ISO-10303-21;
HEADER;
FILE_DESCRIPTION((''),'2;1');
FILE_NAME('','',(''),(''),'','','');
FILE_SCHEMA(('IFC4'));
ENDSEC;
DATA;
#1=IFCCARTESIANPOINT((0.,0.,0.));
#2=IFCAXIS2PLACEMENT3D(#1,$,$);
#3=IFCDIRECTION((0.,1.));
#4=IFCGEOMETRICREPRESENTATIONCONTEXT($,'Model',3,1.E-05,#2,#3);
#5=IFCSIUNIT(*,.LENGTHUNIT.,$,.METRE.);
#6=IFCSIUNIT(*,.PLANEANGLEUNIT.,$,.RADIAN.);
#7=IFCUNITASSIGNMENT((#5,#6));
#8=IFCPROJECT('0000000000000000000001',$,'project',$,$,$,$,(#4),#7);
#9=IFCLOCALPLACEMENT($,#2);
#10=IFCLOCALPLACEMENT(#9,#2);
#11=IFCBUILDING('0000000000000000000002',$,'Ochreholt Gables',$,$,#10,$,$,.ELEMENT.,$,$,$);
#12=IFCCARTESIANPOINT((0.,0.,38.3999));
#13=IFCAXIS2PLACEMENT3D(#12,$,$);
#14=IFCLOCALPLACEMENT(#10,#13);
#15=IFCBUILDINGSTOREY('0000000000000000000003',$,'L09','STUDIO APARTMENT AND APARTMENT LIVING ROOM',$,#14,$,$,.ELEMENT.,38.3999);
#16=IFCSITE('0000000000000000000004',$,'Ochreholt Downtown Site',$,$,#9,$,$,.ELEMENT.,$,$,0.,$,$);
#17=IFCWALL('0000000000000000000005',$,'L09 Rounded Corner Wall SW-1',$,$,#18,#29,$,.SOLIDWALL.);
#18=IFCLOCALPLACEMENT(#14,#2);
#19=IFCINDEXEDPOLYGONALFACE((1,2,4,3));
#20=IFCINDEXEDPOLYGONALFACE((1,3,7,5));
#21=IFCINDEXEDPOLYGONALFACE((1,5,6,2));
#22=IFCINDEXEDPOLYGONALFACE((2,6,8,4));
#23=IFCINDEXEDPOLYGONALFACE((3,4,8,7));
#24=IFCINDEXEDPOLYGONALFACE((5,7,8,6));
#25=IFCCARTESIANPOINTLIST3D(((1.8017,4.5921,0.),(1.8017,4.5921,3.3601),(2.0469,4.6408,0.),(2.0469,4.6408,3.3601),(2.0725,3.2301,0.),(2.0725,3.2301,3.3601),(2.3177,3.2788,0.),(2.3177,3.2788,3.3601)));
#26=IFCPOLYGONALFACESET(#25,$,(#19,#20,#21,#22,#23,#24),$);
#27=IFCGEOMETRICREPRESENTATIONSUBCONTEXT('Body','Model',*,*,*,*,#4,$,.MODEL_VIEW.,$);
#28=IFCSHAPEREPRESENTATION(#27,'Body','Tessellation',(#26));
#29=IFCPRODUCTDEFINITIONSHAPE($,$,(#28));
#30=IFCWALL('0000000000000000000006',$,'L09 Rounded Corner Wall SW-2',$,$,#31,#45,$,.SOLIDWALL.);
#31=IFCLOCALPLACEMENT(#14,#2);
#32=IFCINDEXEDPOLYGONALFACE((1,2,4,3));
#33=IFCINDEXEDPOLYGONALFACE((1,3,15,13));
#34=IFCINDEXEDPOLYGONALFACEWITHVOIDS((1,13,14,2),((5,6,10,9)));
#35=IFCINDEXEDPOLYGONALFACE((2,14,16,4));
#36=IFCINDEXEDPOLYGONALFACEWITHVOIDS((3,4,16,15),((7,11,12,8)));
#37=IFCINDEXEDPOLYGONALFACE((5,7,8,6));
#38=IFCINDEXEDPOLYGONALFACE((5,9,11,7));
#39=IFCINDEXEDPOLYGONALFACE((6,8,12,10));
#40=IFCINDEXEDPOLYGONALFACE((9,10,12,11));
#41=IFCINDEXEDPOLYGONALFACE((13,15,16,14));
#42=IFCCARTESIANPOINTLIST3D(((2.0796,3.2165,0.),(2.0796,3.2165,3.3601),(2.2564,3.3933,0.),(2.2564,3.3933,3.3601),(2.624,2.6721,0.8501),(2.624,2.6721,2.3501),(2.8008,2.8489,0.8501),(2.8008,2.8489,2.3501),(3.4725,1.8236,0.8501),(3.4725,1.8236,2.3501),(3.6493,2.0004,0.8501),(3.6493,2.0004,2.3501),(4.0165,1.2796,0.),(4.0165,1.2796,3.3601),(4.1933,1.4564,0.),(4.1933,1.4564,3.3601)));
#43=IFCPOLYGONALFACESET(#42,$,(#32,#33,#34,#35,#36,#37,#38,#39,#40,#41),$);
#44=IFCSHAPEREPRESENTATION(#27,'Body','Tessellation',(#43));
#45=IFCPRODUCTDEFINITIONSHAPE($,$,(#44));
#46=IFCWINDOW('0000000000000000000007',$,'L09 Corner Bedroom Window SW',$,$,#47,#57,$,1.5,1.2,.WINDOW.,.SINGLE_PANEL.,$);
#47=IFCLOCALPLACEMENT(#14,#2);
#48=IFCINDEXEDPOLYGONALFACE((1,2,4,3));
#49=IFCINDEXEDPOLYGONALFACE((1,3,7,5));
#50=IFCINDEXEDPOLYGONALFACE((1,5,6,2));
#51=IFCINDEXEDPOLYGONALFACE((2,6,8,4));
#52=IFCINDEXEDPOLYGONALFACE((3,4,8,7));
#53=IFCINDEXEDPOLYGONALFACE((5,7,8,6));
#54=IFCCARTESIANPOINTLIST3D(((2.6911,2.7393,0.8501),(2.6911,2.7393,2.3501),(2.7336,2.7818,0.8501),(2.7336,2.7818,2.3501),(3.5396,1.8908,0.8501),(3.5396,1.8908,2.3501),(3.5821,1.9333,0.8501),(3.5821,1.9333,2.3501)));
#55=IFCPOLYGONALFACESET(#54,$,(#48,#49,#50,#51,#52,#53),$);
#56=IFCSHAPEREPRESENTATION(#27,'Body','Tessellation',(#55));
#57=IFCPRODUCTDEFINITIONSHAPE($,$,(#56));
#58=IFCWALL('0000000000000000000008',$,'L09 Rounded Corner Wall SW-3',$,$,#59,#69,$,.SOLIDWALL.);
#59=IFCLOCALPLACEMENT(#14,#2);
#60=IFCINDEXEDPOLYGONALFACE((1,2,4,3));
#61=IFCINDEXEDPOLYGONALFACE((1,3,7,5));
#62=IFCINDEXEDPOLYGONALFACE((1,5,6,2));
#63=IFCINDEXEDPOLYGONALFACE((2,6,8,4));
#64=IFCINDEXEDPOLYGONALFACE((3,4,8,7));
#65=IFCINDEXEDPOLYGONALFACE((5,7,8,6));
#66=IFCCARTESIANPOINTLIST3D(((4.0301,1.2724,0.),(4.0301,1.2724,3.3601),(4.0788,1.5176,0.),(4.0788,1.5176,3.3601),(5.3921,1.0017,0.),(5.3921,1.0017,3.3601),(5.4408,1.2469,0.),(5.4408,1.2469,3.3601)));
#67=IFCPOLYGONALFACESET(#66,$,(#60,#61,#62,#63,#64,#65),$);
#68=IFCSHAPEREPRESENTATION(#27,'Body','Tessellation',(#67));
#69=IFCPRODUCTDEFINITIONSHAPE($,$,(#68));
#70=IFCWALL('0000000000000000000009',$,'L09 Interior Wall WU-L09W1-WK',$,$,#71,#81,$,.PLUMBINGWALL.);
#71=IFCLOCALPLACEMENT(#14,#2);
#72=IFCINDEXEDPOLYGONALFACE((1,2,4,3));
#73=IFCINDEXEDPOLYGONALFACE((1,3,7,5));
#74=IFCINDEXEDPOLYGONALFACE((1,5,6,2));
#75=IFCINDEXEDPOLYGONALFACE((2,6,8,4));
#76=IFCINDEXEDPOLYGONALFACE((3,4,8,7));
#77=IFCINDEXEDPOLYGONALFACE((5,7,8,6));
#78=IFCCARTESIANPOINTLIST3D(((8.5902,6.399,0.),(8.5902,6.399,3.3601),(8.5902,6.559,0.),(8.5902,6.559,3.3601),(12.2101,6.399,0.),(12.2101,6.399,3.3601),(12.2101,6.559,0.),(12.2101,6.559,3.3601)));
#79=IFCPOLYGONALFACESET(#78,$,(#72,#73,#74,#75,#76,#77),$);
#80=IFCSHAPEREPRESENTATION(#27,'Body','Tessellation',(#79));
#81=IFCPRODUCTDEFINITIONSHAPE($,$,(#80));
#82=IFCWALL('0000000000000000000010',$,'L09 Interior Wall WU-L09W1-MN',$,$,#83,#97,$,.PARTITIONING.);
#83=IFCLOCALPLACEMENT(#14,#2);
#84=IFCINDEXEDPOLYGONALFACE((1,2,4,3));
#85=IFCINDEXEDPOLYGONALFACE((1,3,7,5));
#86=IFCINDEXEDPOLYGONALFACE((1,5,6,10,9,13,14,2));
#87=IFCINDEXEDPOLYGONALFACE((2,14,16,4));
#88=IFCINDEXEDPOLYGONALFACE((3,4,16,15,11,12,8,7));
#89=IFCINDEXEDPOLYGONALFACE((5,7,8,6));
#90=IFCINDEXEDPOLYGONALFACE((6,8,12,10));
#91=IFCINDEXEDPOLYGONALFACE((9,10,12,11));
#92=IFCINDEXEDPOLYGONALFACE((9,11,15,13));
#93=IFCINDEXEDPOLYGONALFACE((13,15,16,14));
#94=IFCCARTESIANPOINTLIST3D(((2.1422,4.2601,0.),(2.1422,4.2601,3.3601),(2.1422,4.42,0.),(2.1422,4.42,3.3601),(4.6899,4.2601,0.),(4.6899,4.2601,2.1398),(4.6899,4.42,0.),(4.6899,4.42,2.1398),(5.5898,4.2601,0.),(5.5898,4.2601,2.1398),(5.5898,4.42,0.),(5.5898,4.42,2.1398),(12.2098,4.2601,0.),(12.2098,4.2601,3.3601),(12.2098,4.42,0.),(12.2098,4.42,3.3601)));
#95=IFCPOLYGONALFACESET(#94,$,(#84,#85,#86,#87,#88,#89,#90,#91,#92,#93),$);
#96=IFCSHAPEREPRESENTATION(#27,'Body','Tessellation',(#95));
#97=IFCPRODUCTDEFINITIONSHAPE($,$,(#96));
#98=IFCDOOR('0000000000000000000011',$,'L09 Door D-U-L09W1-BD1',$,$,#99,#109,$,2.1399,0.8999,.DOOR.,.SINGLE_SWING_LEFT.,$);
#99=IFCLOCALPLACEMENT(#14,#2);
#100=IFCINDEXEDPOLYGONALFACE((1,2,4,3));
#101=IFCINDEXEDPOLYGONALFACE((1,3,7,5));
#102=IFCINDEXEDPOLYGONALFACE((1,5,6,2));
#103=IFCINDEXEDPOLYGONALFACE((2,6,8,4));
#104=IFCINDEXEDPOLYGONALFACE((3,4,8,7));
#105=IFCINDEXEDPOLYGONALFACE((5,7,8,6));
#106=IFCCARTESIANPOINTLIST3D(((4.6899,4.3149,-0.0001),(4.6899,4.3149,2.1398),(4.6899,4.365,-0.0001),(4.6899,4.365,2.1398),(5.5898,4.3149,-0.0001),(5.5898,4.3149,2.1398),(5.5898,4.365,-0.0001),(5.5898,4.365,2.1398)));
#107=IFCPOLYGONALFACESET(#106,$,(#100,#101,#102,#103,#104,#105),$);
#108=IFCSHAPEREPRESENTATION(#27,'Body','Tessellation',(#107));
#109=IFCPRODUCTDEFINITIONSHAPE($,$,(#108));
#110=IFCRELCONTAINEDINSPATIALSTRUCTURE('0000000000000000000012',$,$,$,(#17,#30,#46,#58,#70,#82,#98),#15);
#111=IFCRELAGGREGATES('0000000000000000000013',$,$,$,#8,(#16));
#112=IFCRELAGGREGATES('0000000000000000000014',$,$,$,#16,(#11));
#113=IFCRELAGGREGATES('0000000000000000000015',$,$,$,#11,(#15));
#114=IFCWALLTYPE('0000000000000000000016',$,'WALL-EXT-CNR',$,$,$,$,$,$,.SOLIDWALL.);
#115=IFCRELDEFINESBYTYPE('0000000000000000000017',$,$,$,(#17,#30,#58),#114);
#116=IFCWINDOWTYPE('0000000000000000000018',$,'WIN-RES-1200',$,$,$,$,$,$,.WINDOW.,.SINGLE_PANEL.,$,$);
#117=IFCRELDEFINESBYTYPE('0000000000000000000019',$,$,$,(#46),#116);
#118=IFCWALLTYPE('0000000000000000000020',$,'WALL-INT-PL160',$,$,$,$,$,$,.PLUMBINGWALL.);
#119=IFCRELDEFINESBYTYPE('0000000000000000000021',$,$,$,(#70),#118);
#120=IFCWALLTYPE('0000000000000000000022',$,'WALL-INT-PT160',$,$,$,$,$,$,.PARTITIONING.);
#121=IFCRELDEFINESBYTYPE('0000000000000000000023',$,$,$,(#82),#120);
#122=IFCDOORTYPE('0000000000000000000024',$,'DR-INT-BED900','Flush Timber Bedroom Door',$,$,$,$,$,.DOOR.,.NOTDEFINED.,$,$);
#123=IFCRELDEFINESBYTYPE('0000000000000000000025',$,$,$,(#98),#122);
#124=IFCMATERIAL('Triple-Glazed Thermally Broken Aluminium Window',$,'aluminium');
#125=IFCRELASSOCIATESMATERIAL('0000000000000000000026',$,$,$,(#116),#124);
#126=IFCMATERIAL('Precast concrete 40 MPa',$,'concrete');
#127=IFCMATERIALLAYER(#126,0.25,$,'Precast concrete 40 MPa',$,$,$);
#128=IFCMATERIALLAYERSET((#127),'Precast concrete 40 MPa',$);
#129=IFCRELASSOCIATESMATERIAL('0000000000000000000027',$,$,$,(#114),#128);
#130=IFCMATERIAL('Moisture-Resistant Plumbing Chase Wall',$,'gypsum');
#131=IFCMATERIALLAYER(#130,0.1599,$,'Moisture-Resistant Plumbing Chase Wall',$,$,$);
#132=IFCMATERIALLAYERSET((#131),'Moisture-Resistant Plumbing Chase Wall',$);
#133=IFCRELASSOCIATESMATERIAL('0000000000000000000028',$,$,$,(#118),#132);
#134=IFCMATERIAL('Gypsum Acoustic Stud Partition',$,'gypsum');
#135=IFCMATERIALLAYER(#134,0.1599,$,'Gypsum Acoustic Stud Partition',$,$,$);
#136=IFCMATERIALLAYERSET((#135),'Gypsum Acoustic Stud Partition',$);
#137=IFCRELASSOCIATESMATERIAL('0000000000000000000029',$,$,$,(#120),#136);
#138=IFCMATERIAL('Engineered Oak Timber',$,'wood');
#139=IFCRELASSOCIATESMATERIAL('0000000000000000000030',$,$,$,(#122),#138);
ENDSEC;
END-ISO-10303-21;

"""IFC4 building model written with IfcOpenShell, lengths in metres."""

from ifc_helpers import new_model, si_unit, direction, frame, frame_2d, origin, place, context, subcontext, project, spatial, rectangle, extrude, material, layer, layer_set, type_object, element, fill, save


model = new_model("IFC4")

# Units and contexts
model_context = context("Model", 3, precision=1e-05, world=origin(), true_north=direction((0.0, 1.0)))
body_context = subcontext(model_context, "Body", "Model", "MODEL_VIEW")
ifc_project = project(units=[si_unit("LENGTHUNIT", "METRE"), si_unit("PLANEANGLEUNIT", "RADIAN")], contexts=[model_context])

# Site, building, storey
site_placement = place(None, origin())
site = spatial("IfcSite", under=ifc_project, at=site_placement, Name="Ochreholt Downtown Site", CompositionType="ELEMENT", RefElevation=0.0)
building_placement = place(site_placement, origin())
building = spatial("IfcBuilding", under=site, at=building_placement, Name="Ochreholt Gables", CompositionType="ELEMENT")
storey_placement = place(building_placement, frame((0.0, 0.0, 38.3999)))
storey = spatial("IfcBuildingStorey", under=building, at=storey_placement, Name="L09", Description="STUDIO APARTMENT AND APARTMENT LIVING ROOM", CompositionType="ELEMENT", Elevation=38.3999)

# Shared definitions
ifc_material_1 = material(Name="Precast concrete 40 MPa", Category="concrete")
ifc_material_2 = material(Name="Triple-Glazed Thermally Broken Aluminium Window", Category="aluminium")
window_type_1 = type_object("IfcWindowType", Name="WIN-RES-1200", PartitioningType="SINGLE_PANEL", PredefinedType="WINDOW", material=ifc_material_2)

# Wall
ifc_layer_1 = layer(ifc_material_1, 0.25, Name="Precast concrete 40 MPa")
ifc_layer_set_1 = layer_set([ifc_layer_1], Name="Precast concrete 40 MPa")
wall_type_1 = type_object("IfcWallType", Name="WALL-EXT-CNR", PredefinedType="SOLIDWALL", material=ifc_layer_set_1)
wall_1_placement = place(storey_placement, frame((1.9243, 4.6165, 0.0), z_axis=(0.0, 0.0, 1.0), x_axis=(0.194967, -0.98081, 0.0)))
element("IfcWall", 1, at=wall_1_placement, inside=storey, type_object=wall_type_1, Name="L09 Rounded Corner Wall SW-1", PredefinedType="SOLIDWALL", context=body_context, shape_type="SweptSolid", body=[
    extrude(rectangle(XDim=1.3887, YDim=0.25, at=frame_2d((0.6943, 0.0))), origin(), (0.0, 0.0, 1.0), 3.3601),
])

# Wall, opening, window
wall_2_placement = place(storey_placement, frame((2.168, 3.3049, 0.0), z_axis=(0.0, 0.0, 1.0), x_axis=(0.707107, -0.707107, 0.0)))
wall_2 = element("IfcWall", 2, at=wall_2_placement, inside=storey, type_object=wall_type_1, Name="L09 Rounded Corner Wall SW-2", PredefinedType="SOLIDWALL", context=body_context, shape_type="SweptSolid", body=[
    extrude(rectangle(XDim=2.7393, YDim=0.25, at=frame_2d((1.3696, 0.0))), origin(), (0.0, 0.0, 1.0), 3.3601),
])
opening_1_placement = place(wall_2_placement, frame((0.7698, 0.0, 0.8501)))
opening_1 = element("IfcOpeningElement", 3, at=opening_1_placement, cuts=wall_2, PredefinedType="OPENING", context=body_context, shape_type="SweptSolid", body=[
    extrude(rectangle(XDim=1.2, YDim=1.5, at=frame_2d((0.6001, 0.75))), frame((0.0, 0.135, 0.0), z_axis=(0.0, -1.0, 0.0), x_axis=(1.0, 0.0, 0.0)), (0.0, 0.0, 1.0), 0.27),
])
window_1_placement = place(opening_1_placement, origin())
window_1 = element("IfcWindow", 4, at=window_1_placement, inside=storey, type_object=window_type_1, Name="L09 Corner Bedroom Window SW", OverallHeight=1.5, OverallWidth=1.2, PartitioningType="SINGLE_PANEL", PredefinedType="WINDOW", context=body_context, shape_type="SweptSolid", body=[
    extrude(rectangle(XDim=1.2, YDim=1.5, at=frame_2d((0.6001, 0.75))), frame((0.0, 0.03, 0.0), z_axis=(0.0, -1.0, 0.0), x_axis=(1.0, 0.0, 0.0)), (0.0, 0.0, 1.0), 0.0601),
])
fill(opening_1, window_1)

# Wall
wall_3_placement = place(storey_placement, frame((4.0544, 1.395, 0.0), z_axis=(0.0, 0.0, 1.0), x_axis=(0.98081, -0.194967, 0.0)))
element("IfcWall", 5, at=wall_3_placement, inside=storey, type_object=wall_type_1, Name="L09 Rounded Corner Wall SW-3", PredefinedType="SOLIDWALL", context=body_context, shape_type="SweptSolid", body=[
    extrude(rectangle(XDim=1.3887, YDim=0.25, at=frame_2d((0.6943, 0.0))), origin(), (0.0, 0.0, 1.0), 3.3601),
])

# Shared definitions
ifc_material_3 = material(Name="Moisture-Resistant Plumbing Chase Wall", Category="gypsum")
ifc_layer_2 = layer(ifc_material_3, 0.1599, Name="Moisture-Resistant Plumbing Chase Wall")
ifc_layer_set_2 = layer_set([ifc_layer_2], Name="Moisture-Resistant Plumbing Chase Wall")
wall_type_2 = type_object("IfcWallType", Name="WALL-INT-PL160", PredefinedType="PLUMBINGWALL", material=ifc_layer_set_2)
ifc_material_4 = material(Name="Engineered Oak Timber", Category="wood")

# Wall
wall_4_placement = place(storey_placement, frame((8.5901, 6.479, 0.0), z_axis=(0.0, 0.0, 1.0), x_axis=(1.0, 0.0, 0.0)))
element("IfcWall", 6, at=wall_4_placement, inside=storey, type_object=wall_type_2, Name="L09 Interior Wall WU-L09W1-WK", PredefinedType="PLUMBINGWALL", context=body_context, shape_type="SweptSolid", body=[
    extrude(rectangle(XDim=3.6199, YDim=0.1599, at=frame_2d((1.8101, 0.0))), origin(), (0.0, 0.0, 1.0), 3.3601),
])

# Wall, opening, door
ifc_material_5 = material(Name="Gypsum Acoustic Stud Partition", Category="gypsum")
ifc_layer_3 = layer(ifc_material_5, 0.1599, Name="Gypsum Acoustic Stud Partition")
ifc_layer_set_3 = layer_set([ifc_layer_3], Name="Gypsum Acoustic Stud Partition")
wall_type_3 = type_object("IfcWallType", Name="WALL-INT-PT160", PredefinedType="PARTITIONING", material=ifc_layer_set_3)
wall_5_placement = place(storey_placement, frame((2.1423, 4.3401, 0.0), z_axis=(0.0, 0.0, 1.0), x_axis=(1.0, 0.0, 0.0)))
wall_5 = element("IfcWall", 7, at=wall_5_placement, inside=storey, type_object=wall_type_3, Name="L09 Interior Wall WU-L09W1-MN", PredefinedType="PARTITIONING", context=body_context, shape_type="SweptSolid", body=[
    extrude(rectangle(XDim=10.0676, YDim=0.1599, at=frame_2d((5.0337, 0.0))), origin(), (0.0, 0.0, 1.0), 3.3601),
])
opening_2_placement = place(wall_5_placement, frame((2.5476, 0.0, 0.0)))
opening_2 = element("IfcOpeningElement", 8, at=opening_2_placement, cuts=wall_5, PredefinedType="OPENING", context=body_context, shape_type="SweptSolid", body=[
    extrude(rectangle(XDim=0.8999, YDim=2.1399, at=frame_2d((0.45, 1.0698))), frame((0.0, 0.0898, 0.0), z_axis=(0.0, -1.0, 0.0), x_axis=(1.0, 0.0, 0.0)), (0.0, 0.0, 1.0), 0.1799),
])
door_type_1 = type_object("IfcDoorType", Name="DR-INT-BED900", Description="Flush Timber Bedroom Door", OperationType="NOTDEFINED", PredefinedType="DOOR", material=ifc_material_4)
door_1_placement = place(opening_2_placement, origin())
door_1 = element("IfcDoor", 9, at=door_1_placement, inside=storey, type_object=door_type_1, Name="L09 Door D-U-L09W1-BD1", OperationType="SINGLE_SWING_LEFT", OverallHeight=2.1399, OverallWidth=0.8999, PredefinedType="DOOR", context=body_context, shape_type="SweptSolid", body=[
    extrude(rectangle(XDim=0.8999, YDim=2.1399, at=frame_2d((0.45, 1.0698))), frame((0.0, 0.0249, 0.0), z_axis=(0.0, -1.0, 0.0), x_axis=(1.0, 0.0, 0.0)), (0.0, 0.0, 1.0), 0.05),
])
fill(opening_2, door_1)

save(model, "model.ifc")
